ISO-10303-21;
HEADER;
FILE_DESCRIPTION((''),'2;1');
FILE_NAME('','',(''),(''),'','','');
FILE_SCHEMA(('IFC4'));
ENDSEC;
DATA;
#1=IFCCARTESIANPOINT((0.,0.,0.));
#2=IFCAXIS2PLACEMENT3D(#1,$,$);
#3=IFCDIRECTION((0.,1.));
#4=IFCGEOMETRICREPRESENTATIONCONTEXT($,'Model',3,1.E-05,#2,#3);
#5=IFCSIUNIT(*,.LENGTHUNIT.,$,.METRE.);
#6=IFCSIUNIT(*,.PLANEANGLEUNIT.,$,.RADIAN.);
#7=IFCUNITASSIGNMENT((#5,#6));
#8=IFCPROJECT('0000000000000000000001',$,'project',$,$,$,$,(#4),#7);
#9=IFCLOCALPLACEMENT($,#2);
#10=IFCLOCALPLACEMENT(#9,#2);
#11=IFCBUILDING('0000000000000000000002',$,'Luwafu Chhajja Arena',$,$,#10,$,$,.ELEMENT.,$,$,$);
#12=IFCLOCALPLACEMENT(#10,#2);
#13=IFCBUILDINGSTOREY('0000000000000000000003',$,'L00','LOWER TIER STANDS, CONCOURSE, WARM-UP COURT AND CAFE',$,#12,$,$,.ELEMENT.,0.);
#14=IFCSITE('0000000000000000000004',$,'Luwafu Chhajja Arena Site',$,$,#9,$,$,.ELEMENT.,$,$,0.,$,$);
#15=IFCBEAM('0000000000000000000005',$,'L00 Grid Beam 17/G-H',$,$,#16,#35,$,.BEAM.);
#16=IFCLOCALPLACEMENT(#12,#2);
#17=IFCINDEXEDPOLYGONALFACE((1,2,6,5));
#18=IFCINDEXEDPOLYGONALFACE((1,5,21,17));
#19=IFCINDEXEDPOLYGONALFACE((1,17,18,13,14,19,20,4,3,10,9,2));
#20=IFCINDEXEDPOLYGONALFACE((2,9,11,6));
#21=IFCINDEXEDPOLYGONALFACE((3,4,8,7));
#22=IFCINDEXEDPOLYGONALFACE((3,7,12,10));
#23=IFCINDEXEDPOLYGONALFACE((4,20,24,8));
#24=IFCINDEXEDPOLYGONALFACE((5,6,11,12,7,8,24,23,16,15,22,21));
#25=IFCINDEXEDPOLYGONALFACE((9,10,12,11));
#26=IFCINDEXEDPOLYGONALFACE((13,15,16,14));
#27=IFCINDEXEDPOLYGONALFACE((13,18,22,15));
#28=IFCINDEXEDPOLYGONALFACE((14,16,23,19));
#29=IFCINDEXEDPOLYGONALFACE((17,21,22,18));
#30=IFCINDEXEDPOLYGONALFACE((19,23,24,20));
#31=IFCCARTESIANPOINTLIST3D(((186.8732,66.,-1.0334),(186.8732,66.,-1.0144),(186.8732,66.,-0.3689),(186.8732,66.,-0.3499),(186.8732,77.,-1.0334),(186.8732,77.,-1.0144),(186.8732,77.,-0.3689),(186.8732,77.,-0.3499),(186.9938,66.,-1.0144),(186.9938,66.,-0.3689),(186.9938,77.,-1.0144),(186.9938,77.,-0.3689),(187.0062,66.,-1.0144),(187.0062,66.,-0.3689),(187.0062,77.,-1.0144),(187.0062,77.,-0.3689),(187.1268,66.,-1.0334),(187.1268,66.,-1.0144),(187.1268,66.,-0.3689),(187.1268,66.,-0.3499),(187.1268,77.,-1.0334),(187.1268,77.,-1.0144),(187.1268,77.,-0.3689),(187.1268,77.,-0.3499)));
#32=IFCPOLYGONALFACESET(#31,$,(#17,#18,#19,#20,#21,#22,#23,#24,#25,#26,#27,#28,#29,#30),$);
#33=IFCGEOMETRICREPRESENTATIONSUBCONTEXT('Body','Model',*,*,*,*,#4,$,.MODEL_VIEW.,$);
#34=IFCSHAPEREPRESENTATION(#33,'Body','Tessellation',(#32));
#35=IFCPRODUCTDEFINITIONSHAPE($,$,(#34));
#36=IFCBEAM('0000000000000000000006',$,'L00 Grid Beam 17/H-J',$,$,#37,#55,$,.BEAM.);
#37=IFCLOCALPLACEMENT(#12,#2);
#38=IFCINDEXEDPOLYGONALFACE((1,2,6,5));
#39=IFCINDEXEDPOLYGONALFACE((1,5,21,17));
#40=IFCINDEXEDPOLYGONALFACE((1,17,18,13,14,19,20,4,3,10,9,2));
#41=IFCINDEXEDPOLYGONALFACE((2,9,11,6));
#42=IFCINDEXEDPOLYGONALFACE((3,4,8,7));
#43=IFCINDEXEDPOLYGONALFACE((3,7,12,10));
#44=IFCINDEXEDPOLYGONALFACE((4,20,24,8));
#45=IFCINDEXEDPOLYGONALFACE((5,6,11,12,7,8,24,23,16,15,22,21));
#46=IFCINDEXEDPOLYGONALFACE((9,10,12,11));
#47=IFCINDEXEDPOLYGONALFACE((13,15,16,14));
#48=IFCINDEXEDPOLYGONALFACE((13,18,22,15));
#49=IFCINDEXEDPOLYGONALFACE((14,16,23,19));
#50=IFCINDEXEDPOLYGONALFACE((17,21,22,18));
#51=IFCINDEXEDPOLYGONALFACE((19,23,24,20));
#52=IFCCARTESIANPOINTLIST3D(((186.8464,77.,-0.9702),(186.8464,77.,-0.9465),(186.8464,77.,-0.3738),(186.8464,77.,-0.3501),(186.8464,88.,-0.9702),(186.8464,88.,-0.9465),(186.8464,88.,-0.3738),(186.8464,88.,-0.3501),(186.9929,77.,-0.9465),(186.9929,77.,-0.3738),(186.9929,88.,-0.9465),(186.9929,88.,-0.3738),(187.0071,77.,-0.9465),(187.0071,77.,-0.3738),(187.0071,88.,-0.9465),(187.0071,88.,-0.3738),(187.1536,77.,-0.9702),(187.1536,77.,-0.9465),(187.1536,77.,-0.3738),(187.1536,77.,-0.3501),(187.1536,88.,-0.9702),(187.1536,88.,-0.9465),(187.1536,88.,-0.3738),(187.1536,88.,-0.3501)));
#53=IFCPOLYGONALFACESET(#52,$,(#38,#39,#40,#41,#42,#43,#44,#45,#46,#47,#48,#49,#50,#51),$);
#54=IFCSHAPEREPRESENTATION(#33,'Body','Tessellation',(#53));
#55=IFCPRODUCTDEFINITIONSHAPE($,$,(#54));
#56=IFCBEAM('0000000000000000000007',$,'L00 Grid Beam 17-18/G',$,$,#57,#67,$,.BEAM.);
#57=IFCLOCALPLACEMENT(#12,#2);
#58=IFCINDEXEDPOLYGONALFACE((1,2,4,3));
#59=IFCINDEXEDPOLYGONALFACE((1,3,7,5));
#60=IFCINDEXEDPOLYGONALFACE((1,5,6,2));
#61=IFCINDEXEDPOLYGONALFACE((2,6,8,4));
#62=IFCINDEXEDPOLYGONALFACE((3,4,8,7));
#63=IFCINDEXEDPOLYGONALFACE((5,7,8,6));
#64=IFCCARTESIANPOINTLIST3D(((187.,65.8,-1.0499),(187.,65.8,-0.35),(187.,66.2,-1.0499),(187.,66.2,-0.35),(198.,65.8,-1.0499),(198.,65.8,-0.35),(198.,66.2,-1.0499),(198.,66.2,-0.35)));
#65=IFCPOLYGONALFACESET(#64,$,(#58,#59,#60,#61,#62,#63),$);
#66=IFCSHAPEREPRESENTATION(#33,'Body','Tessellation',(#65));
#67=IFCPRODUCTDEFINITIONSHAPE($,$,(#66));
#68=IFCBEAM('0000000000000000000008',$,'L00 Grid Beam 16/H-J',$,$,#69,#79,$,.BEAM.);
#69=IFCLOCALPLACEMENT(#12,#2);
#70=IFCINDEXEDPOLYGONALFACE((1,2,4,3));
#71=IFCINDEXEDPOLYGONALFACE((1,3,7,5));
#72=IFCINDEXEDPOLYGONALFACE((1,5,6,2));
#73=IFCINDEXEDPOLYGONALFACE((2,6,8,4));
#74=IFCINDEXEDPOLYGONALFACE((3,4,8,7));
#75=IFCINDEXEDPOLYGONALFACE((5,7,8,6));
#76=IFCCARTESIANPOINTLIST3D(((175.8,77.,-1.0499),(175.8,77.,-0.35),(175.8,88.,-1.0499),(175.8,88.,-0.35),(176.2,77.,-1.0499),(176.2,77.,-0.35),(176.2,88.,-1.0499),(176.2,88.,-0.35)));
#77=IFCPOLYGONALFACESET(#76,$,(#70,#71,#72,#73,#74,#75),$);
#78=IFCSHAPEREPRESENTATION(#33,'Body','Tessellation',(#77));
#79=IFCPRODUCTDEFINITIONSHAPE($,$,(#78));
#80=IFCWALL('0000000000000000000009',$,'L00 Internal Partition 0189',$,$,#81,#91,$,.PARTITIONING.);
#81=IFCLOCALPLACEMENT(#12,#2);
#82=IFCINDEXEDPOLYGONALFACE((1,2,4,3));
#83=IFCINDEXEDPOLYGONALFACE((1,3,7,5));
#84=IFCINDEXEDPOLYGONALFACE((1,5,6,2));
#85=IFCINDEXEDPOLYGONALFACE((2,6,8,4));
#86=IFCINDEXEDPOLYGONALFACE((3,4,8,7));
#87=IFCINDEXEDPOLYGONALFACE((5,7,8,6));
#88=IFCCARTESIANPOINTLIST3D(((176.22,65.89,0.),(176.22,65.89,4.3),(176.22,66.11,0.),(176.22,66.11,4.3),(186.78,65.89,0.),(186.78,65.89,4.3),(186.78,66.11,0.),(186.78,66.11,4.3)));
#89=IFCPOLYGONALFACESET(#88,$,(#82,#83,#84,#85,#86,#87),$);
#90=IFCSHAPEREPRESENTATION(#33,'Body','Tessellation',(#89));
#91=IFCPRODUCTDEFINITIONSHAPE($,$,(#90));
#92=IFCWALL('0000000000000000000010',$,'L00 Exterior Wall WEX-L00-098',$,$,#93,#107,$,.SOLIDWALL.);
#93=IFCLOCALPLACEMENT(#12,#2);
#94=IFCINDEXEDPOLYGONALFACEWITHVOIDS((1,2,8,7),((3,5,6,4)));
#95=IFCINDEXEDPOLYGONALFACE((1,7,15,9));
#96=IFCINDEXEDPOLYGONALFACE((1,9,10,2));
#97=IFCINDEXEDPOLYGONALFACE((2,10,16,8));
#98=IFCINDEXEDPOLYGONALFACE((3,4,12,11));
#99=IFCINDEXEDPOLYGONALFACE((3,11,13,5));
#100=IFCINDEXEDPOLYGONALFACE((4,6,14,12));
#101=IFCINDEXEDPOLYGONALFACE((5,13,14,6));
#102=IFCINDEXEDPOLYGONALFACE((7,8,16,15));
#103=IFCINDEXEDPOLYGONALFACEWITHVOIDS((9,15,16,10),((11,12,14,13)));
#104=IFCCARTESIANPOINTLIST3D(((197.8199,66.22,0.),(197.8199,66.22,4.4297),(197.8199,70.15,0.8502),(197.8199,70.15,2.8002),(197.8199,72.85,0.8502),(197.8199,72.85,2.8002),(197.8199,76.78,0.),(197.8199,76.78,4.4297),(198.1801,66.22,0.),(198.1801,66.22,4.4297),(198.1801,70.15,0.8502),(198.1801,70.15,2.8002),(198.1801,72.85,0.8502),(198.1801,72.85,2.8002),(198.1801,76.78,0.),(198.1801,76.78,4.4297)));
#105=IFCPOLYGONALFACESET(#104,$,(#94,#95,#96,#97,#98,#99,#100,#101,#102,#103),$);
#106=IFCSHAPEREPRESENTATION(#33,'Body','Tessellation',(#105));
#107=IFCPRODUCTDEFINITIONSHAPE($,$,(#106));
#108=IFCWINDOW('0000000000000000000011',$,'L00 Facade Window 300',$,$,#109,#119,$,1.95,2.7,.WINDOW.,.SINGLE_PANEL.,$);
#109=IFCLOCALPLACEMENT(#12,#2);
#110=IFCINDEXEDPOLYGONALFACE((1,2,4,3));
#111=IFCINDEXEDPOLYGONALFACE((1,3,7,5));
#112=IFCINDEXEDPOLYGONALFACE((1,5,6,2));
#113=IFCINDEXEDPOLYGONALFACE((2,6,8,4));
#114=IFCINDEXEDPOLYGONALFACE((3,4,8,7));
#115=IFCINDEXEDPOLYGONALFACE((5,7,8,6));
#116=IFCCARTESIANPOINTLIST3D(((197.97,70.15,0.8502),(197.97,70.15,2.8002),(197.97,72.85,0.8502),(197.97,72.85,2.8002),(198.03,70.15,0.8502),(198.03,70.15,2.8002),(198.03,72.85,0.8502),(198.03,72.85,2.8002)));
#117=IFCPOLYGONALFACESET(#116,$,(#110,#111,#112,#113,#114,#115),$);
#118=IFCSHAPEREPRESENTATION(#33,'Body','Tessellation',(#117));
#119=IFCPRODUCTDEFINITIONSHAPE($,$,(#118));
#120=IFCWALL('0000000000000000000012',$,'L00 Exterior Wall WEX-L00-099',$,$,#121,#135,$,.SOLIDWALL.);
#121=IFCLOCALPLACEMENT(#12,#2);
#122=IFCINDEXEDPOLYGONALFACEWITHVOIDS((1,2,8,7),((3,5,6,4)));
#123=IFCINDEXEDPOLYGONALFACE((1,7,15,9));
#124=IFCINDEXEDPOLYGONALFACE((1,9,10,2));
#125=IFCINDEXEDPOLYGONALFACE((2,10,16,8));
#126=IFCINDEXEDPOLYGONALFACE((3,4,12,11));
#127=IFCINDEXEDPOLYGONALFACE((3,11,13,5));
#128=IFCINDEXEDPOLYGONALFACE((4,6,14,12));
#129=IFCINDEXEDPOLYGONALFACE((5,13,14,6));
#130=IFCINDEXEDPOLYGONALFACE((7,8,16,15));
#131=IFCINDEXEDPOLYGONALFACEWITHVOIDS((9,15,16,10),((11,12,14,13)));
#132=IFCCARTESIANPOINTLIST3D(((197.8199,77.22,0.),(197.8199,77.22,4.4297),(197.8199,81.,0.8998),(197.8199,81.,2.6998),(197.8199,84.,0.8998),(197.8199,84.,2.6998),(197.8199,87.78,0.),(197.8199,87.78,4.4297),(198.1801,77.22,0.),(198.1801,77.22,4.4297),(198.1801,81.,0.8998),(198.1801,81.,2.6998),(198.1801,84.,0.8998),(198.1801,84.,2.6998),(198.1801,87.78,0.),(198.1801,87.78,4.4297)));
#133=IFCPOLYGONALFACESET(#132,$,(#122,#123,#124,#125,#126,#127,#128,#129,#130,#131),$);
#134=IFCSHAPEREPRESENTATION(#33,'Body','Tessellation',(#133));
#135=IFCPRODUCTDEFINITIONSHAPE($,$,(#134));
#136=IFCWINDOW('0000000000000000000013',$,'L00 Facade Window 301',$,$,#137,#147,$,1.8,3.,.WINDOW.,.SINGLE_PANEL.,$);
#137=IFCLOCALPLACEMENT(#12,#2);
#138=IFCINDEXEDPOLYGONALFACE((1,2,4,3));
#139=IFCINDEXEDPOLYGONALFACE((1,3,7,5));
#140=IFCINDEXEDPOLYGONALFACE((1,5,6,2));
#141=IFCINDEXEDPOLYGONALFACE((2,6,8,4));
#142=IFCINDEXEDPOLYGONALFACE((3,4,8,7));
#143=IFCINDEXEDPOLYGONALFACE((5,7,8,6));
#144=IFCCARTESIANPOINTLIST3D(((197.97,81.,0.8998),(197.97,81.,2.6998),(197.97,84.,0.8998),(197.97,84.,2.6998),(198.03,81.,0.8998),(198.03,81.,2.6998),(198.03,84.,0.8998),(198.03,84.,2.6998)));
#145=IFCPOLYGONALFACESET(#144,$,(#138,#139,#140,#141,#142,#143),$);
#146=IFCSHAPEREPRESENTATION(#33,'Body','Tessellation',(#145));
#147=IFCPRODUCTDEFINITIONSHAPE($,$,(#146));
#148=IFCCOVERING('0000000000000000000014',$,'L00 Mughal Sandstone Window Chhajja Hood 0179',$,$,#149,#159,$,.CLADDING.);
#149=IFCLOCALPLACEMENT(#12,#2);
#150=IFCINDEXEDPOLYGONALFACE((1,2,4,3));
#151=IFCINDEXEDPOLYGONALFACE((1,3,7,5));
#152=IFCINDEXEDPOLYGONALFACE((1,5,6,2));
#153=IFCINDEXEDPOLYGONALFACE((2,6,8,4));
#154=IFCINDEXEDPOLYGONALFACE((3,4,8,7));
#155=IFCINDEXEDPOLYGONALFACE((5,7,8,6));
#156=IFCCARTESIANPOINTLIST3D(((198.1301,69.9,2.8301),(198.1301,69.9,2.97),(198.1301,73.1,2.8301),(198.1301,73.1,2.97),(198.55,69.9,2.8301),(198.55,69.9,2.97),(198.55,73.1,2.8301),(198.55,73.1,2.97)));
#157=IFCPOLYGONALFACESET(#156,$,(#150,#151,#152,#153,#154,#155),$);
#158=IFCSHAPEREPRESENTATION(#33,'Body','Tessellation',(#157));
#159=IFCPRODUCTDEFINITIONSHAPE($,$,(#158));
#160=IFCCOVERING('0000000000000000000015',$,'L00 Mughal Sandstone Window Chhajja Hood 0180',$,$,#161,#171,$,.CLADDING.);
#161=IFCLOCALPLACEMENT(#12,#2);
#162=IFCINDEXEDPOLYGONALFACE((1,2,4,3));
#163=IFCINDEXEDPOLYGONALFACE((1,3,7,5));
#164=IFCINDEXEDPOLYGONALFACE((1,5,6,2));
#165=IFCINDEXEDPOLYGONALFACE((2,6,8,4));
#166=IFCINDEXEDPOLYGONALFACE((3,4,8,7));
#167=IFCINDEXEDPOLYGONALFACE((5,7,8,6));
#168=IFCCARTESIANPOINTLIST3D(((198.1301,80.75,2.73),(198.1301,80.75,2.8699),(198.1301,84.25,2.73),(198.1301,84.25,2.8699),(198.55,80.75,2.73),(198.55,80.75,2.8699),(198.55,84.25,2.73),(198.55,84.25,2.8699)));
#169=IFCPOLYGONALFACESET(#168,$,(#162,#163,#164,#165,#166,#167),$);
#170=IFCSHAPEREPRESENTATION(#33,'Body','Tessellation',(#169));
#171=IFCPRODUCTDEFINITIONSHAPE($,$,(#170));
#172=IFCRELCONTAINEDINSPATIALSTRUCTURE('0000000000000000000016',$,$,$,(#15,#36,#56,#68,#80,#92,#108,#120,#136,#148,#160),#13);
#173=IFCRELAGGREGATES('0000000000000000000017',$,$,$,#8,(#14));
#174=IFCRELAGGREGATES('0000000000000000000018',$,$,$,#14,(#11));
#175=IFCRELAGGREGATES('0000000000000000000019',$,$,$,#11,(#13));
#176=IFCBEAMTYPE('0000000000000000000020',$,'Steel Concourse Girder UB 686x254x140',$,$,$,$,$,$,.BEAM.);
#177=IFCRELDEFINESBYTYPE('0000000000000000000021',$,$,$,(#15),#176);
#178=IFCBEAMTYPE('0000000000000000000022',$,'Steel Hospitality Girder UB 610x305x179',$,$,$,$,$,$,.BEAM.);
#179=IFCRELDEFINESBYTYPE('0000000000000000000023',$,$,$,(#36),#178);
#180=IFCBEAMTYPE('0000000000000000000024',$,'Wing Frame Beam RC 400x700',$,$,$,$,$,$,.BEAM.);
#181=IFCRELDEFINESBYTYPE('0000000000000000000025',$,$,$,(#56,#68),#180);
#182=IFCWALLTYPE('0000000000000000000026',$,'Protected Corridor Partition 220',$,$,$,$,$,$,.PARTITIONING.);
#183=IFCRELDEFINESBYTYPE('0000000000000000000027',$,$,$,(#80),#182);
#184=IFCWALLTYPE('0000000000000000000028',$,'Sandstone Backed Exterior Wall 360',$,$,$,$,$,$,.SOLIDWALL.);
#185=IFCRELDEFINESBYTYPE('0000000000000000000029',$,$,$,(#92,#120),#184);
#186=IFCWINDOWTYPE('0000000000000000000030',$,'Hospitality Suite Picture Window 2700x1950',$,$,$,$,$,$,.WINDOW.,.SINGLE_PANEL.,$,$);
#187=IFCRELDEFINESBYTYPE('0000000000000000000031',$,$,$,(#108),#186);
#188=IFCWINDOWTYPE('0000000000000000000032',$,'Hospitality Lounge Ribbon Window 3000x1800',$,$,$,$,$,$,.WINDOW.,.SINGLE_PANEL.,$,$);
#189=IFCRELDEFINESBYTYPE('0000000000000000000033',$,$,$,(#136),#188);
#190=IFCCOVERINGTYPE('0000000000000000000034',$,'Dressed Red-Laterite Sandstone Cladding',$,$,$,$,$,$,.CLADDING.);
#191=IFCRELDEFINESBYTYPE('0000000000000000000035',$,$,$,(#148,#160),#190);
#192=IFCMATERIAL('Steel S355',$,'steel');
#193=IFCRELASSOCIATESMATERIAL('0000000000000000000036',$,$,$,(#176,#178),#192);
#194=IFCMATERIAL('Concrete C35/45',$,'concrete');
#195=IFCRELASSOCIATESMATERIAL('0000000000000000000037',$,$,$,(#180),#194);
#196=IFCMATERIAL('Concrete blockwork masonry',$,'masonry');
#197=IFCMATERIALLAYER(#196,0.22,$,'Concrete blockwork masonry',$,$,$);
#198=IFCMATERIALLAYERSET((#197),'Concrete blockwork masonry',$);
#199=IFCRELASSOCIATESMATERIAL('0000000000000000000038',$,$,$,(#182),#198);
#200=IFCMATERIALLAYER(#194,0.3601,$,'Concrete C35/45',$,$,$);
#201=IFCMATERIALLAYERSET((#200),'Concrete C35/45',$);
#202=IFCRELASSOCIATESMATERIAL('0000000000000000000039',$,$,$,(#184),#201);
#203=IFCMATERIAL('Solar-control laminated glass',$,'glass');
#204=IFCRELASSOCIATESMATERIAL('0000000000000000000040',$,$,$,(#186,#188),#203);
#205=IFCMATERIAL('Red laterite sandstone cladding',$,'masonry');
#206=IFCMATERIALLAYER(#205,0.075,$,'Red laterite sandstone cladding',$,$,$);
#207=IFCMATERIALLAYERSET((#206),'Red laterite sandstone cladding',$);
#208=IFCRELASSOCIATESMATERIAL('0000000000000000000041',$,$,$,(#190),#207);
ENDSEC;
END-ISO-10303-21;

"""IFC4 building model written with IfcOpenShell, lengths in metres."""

from ifc_helpers import new_model, si_unit, direction, frame, frame_2d, origin, origin_2d, place, context, subcontext, project, spatial, rectangle, i_section, extrude, material, layer, layer_set, material_profile, profile_set, type_object, element, fill, save


model = new_model("IFC4")

# Units and contexts
model_context = context("Model", 3, precision=1e-05, world=origin(), true_north=direction((0.0, 1.0)))
body_context = subcontext(model_context, "Body", "Model", "MODEL_VIEW")
ifc_project = project(units=[si_unit("LENGTHUNIT", "METRE"), si_unit("PLANEANGLEUNIT", "RADIAN")], contexts=[model_context])

# Site, building, storey
site_placement = place(None, origin())
site = spatial("IfcSite", under=ifc_project, at=site_placement, Name="Luwafu Chhajja Arena Site", CompositionType="ELEMENT", RefElevation=0.0)
building_placement = place(site_placement, origin())
building = spatial("IfcBuilding", under=site, at=building_placement, Name="Luwafu Chhajja Arena", CompositionType="ELEMENT")
storey_placement = place(building_placement, origin())
storey = spatial("IfcBuildingStorey", under=building, at=storey_placement, Name="L00", Description="LOWER TIER STANDS, CONCOURSE, WARM-UP COURT AND CAFE", CompositionType="ELEMENT", Elevation=0.0)

# Shared definitions
ifc_material_1 = material(Name="Concrete C35/45", Category="concrete")

# Beams
ifc_material_2 = material(Name="Steel S355", Category="steel")
ifc_material_profile_1 = material_profile(ifc_material_2, i_section(OverallWidth=0.2537, OverallDepth=0.6836, WebThickness=0.0125, FlangeThickness=0.019, at=origin_2d()), Name="UB 686x254x140")
ifc_profile_set_1 = profile_set([ifc_material_profile_1], Name="Steel S355")
beam_type_1 = type_object("IfcBeamType", Name="Steel Concourse Girder UB 686x254x140", PredefinedType="BEAM", material=ifc_profile_set_1)
beam_1_placement = place(storey_placement, frame((187.0, 66.0, -0.6917), z_axis=(0.0, 1.0, 0.0), x_axis=(-1.0, 0.0, 0.0)))
element("IfcBeam", 1, at=beam_1_placement, inside=storey, type_object=beam_type_1, Name="L00 Grid Beam 17/G-H", PredefinedType="BEAM", context=body_context, shape_type="SweptSolid", body=[
    extrude(i_section(OverallWidth=0.2537, OverallDepth=0.6836, WebThickness=0.0125, FlangeThickness=0.019, at=origin_2d()), origin(), (0.0, 0.0, 1.0), 11.0),
])
ifc_material_profile_2 = material_profile(ifc_material_2, i_section(OverallWidth=0.3071, OverallDepth=0.6201, WebThickness=0.0142, FlangeThickness=0.0237, at=origin_2d()), Name="UB 610x305x179")
ifc_profile_set_2 = profile_set([ifc_material_profile_2], Name="Steel S355")
beam_type_2 = type_object("IfcBeamType", Name="Steel Hospitality Girder UB 610x305x179", PredefinedType="BEAM", material=ifc_profile_set_2)
beam_2_placement = place(storey_placement, frame((187.0, 77.0, -0.6602), z_axis=(0.0, 1.0, 0.0), x_axis=(-1.0, 0.0, 0.0)))
element("IfcBeam", 2, at=beam_2_placement, inside=storey, type_object=beam_type_2, Name="L00 Grid Beam 17/H-J", PredefinedType="BEAM", context=body_context, shape_type="SweptSolid", body=[
    extrude(i_section(OverallWidth=0.3071, OverallDepth=0.6201, WebThickness=0.0142, FlangeThickness=0.0237, at=origin_2d()), origin(), (0.0, 0.0, 1.0), 11.0),
])
ifc_material_profile_3 = material_profile(ifc_material_1, rectangle(XDim=0.3999, YDim=0.7, at=origin_2d()), Name="RC 400x700")
ifc_profile_set_3 = profile_set([ifc_material_profile_3], Name="Concrete C35/45")
beam_type_3 = type_object("IfcBeamType", Name="Wing Frame Beam RC 400x700", PredefinedType="BEAM", material=ifc_profile_set_3)
for number, where, z_axis, x_axis, name in (
    (3, (187.0, 66.0, -0.7), (1.0, 0.0, 0.0), (0.0, 1.0, 0.0), "L00 Grid Beam 17-18/G"),
    (4, (176.0, 77.0, -0.7), (0.0, 1.0, 0.0), (-1.0, 0.0, 0.0), "L00 Grid Beam 16/H-J"),
):
    element("IfcBeam", number, at=place(storey_placement, frame(where, z_axis=z_axis, x_axis=x_axis)), inside=storey, type_object=beam_type_3, Name=name, PredefinedType="BEAM", context=body_context, shape_type="SweptSolid", body=[
        extrude(rectangle(XDim=0.3999, YDim=0.7, at=origin_2d()), origin(), (0.0, 0.0, 1.0), 11.0),
    ])

# Wall
ifc_material_3 = material(Name="Concrete blockwork masonry", Category="masonry")
ifc_layer_1 = layer(ifc_material_3, 0.22, Name="Concrete blockwork masonry")
ifc_layer_set_1 = layer_set([ifc_layer_1], Name="Concrete blockwork masonry")
wall_type_1 = type_object("IfcWallType", Name="Protected Corridor Partition 220", PredefinedType="PARTITIONING", material=ifc_layer_set_1)
wall_1_placement = place(storey_placement, frame((176.22, 66.0, 0.0), z_axis=(0.0, 0.0, 1.0), x_axis=(1.0, 0.0, 0.0)))
element("IfcWall", 5, at=wall_1_placement, inside=storey, type_object=wall_type_1, Name="L00 Internal Partition 0189", PredefinedType="PARTITIONING", context=body_context, shape_type="SweptSolid", body=[
    extrude(rectangle(XDim=10.5601, YDim=0.22, at=frame_2d((5.28, 0.0))), origin(), (0.0, 0.0, 1.0), 4.3),
])

# Walls, openings, windows
ifc_layer_2 = layer(ifc_material_1, 0.3601, Name="Concrete C35/45")
ifc_layer_set_2 = layer_set([ifc_layer_2], Name="Concrete C35/45")
wall_type_2 = type_object("IfcWallType", Name="Sandstone Backed Exterior Wall 360", PredefinedType="SOLIDWALL", material=ifc_layer_set_2)
wall_2_placement = place(storey_placement, frame((198.0, 66.22, 0.0), z_axis=(0.0, 0.0, 1.0), x_axis=(0.0, 1.0, 0.0)))
wall_2 = element("IfcWall", 6, at=wall_2_placement, inside=storey, type_object=wall_type_2, Name="L00 Exterior Wall WEX-L00-098", PredefinedType="SOLIDWALL", context=body_context, shape_type="SweptSolid", body=[
    extrude(rectangle(XDim=10.5601, YDim=0.3601, at=frame_2d((5.28, 0.0))), origin(), (0.0, 0.0, 1.0), 4.4297),
])
opening_1_placement = place(wall_2_placement, frame((3.9299, 0.0, 0.8501)))
opening_1 = element("IfcOpeningElement", 7, at=opening_1_placement, cuts=wall_2, PredefinedType="OPENING", context=body_context, shape_type="SweptSolid", body=[
    extrude(rectangle(XDim=2.7, YDim=1.95, at=frame_2d((1.3501, 0.9751))), frame((0.0, 0.1899, 0.0), z_axis=(0.0, -1.0, 0.0), x_axis=(1.0, 0.0, 0.0)), (0.0, 0.0, 1.0), 0.3801),
])
ifc_material_4 = material(Name="Solar-control laminated glass", Category="glass")
window_type_1 = type_object("IfcWindowType", Name="Hospitality Suite Picture Window 2700x1950", PartitioningType="SINGLE_PANEL", PredefinedType="WINDOW", material=ifc_material_4)
window_1_placement = place(opening_1_placement, origin())
window_1 = element("IfcWindow", 8, at=window_1_placement, inside=storey, type_object=window_type_1, Name="L00 Facade Window 300", OverallHeight=1.95, OverallWidth=2.7, PartitioningType="SINGLE_PANEL", PredefinedType="WINDOW", context=body_context, shape_type="SweptSolid", body=[
    extrude(rectangle(XDim=2.7, YDim=1.95, at=frame_2d((1.3501, 0.9751))), frame((0.0, 0.03, 0.0), z_axis=(0.0, -1.0, 0.0), x_axis=(1.0, 0.0, 0.0)), (0.0, 0.0, 1.0), 0.0601),
])
fill(opening_1, window_1)
wall_3_placement = place(storey_placement, frame((198.0, 77.22, 0.0), z_axis=(0.0, 0.0, 1.0), x_axis=(0.0, 1.0, 0.0)))
wall_3 = element("IfcWall", 9, at=wall_3_placement, inside=storey, type_object=wall_type_2, Name="L00 Exterior Wall WEX-L00-099", PredefinedType="SOLIDWALL", context=body_context, shape_type="SweptSolid", body=[
    extrude(rectangle(XDim=10.5601, YDim=0.3601, at=frame_2d((5.28, 0.0))), origin(), (0.0, 0.0, 1.0), 4.4297),
])
opening_2_placement = place(wall_3_placement, frame((3.78, 0.0, 0.8999)))
opening_2 = element("IfcOpeningElement", 10, at=opening_2_placement, cuts=wall_3, PredefinedType="OPENING", context=body_context, shape_type="SweptSolid", body=[
    extrude(rectangle(XDim=3.0, YDim=1.8, at=frame_2d((1.5, 0.8999))), frame((0.0, 0.1899, 0.0), z_axis=(0.0, -1.0, 0.0), x_axis=(1.0, 0.0, 0.0)), (0.0, 0.0, 1.0), 0.3801),
])
window_type_2 = type_object("IfcWindowType", Name="Hospitality Lounge Ribbon Window 3000x1800", PartitioningType="SINGLE_PANEL", PredefinedType="WINDOW", material=ifc_material_4)
window_2_placement = place(opening_2_placement, origin())
window_2 = element("IfcWindow", 11, at=window_2_placement, inside=storey, type_object=window_type_2, Name="L00 Facade Window 301", OverallHeight=1.8, OverallWidth=3.0, PartitioningType="SINGLE_PANEL", PredefinedType="WINDOW", context=body_context, shape_type="SweptSolid", body=[
    extrude(rectangle(XDim=3.0, YDim=1.8, at=frame_2d((1.5, 0.8999))), frame((0.0, 0.03, 0.0), z_axis=(0.0, -1.0, 0.0), x_axis=(1.0, 0.0, 0.0)), (0.0, 0.0, 1.0), 0.0601),
])
fill(opening_2, window_2)

# Coverings
ifc_material_5 = material(Name="Red laterite sandstone cladding", Category="masonry")
ifc_layer_3 = layer(ifc_material_5, 0.075, Name="Red laterite sandstone cladding")
ifc_layer_set_3 = layer_set([ifc_layer_3], Name="Red laterite sandstone cladding")
covering_type = type_object("IfcCoveringType", Name="Dressed Red-Laterite Sandstone Cladding", PredefinedType="CLADDING", material=ifc_layer_set_3)
covering_1_placement = place(storey_placement, frame((198.3401, 71.5, 2.8301), z_axis=(0.0, 0.0, 1.0), x_axis=(0.0, 1.0, 0.0)))
element("IfcCovering", 12, at=covering_1_placement, inside=storey, type_object=covering_type, Name="L00 Mughal Sandstone Window Chhajja Hood 0179", PredefinedType="CLADDING", context=body_context, shape_type="SweptSolid", body=[
    extrude(rectangle(XDim=3.2, YDim=0.4199, at=origin_2d()), origin(), (0.0, 0.0, 1.0), 0.1399),
])
covering_2_placement = place(storey_placement, frame((198.3401, 82.5, 2.73), z_axis=(0.0, 0.0, 1.0), x_axis=(0.0, 1.0, 0.0)))
element("IfcCovering", 13, at=covering_2_placement, inside=storey, type_object=covering_type, Name="L00 Mughal Sandstone Window Chhajja Hood 0180", PredefinedType="CLADDING", context=body_context, shape_type="SweptSolid", body=[
    extrude(rectangle(XDim=3.5, YDim=0.4199, at=origin_2d()), origin(), (0.0, 0.0, 1.0), 0.1399),
])

save(model, "model.ifc")
